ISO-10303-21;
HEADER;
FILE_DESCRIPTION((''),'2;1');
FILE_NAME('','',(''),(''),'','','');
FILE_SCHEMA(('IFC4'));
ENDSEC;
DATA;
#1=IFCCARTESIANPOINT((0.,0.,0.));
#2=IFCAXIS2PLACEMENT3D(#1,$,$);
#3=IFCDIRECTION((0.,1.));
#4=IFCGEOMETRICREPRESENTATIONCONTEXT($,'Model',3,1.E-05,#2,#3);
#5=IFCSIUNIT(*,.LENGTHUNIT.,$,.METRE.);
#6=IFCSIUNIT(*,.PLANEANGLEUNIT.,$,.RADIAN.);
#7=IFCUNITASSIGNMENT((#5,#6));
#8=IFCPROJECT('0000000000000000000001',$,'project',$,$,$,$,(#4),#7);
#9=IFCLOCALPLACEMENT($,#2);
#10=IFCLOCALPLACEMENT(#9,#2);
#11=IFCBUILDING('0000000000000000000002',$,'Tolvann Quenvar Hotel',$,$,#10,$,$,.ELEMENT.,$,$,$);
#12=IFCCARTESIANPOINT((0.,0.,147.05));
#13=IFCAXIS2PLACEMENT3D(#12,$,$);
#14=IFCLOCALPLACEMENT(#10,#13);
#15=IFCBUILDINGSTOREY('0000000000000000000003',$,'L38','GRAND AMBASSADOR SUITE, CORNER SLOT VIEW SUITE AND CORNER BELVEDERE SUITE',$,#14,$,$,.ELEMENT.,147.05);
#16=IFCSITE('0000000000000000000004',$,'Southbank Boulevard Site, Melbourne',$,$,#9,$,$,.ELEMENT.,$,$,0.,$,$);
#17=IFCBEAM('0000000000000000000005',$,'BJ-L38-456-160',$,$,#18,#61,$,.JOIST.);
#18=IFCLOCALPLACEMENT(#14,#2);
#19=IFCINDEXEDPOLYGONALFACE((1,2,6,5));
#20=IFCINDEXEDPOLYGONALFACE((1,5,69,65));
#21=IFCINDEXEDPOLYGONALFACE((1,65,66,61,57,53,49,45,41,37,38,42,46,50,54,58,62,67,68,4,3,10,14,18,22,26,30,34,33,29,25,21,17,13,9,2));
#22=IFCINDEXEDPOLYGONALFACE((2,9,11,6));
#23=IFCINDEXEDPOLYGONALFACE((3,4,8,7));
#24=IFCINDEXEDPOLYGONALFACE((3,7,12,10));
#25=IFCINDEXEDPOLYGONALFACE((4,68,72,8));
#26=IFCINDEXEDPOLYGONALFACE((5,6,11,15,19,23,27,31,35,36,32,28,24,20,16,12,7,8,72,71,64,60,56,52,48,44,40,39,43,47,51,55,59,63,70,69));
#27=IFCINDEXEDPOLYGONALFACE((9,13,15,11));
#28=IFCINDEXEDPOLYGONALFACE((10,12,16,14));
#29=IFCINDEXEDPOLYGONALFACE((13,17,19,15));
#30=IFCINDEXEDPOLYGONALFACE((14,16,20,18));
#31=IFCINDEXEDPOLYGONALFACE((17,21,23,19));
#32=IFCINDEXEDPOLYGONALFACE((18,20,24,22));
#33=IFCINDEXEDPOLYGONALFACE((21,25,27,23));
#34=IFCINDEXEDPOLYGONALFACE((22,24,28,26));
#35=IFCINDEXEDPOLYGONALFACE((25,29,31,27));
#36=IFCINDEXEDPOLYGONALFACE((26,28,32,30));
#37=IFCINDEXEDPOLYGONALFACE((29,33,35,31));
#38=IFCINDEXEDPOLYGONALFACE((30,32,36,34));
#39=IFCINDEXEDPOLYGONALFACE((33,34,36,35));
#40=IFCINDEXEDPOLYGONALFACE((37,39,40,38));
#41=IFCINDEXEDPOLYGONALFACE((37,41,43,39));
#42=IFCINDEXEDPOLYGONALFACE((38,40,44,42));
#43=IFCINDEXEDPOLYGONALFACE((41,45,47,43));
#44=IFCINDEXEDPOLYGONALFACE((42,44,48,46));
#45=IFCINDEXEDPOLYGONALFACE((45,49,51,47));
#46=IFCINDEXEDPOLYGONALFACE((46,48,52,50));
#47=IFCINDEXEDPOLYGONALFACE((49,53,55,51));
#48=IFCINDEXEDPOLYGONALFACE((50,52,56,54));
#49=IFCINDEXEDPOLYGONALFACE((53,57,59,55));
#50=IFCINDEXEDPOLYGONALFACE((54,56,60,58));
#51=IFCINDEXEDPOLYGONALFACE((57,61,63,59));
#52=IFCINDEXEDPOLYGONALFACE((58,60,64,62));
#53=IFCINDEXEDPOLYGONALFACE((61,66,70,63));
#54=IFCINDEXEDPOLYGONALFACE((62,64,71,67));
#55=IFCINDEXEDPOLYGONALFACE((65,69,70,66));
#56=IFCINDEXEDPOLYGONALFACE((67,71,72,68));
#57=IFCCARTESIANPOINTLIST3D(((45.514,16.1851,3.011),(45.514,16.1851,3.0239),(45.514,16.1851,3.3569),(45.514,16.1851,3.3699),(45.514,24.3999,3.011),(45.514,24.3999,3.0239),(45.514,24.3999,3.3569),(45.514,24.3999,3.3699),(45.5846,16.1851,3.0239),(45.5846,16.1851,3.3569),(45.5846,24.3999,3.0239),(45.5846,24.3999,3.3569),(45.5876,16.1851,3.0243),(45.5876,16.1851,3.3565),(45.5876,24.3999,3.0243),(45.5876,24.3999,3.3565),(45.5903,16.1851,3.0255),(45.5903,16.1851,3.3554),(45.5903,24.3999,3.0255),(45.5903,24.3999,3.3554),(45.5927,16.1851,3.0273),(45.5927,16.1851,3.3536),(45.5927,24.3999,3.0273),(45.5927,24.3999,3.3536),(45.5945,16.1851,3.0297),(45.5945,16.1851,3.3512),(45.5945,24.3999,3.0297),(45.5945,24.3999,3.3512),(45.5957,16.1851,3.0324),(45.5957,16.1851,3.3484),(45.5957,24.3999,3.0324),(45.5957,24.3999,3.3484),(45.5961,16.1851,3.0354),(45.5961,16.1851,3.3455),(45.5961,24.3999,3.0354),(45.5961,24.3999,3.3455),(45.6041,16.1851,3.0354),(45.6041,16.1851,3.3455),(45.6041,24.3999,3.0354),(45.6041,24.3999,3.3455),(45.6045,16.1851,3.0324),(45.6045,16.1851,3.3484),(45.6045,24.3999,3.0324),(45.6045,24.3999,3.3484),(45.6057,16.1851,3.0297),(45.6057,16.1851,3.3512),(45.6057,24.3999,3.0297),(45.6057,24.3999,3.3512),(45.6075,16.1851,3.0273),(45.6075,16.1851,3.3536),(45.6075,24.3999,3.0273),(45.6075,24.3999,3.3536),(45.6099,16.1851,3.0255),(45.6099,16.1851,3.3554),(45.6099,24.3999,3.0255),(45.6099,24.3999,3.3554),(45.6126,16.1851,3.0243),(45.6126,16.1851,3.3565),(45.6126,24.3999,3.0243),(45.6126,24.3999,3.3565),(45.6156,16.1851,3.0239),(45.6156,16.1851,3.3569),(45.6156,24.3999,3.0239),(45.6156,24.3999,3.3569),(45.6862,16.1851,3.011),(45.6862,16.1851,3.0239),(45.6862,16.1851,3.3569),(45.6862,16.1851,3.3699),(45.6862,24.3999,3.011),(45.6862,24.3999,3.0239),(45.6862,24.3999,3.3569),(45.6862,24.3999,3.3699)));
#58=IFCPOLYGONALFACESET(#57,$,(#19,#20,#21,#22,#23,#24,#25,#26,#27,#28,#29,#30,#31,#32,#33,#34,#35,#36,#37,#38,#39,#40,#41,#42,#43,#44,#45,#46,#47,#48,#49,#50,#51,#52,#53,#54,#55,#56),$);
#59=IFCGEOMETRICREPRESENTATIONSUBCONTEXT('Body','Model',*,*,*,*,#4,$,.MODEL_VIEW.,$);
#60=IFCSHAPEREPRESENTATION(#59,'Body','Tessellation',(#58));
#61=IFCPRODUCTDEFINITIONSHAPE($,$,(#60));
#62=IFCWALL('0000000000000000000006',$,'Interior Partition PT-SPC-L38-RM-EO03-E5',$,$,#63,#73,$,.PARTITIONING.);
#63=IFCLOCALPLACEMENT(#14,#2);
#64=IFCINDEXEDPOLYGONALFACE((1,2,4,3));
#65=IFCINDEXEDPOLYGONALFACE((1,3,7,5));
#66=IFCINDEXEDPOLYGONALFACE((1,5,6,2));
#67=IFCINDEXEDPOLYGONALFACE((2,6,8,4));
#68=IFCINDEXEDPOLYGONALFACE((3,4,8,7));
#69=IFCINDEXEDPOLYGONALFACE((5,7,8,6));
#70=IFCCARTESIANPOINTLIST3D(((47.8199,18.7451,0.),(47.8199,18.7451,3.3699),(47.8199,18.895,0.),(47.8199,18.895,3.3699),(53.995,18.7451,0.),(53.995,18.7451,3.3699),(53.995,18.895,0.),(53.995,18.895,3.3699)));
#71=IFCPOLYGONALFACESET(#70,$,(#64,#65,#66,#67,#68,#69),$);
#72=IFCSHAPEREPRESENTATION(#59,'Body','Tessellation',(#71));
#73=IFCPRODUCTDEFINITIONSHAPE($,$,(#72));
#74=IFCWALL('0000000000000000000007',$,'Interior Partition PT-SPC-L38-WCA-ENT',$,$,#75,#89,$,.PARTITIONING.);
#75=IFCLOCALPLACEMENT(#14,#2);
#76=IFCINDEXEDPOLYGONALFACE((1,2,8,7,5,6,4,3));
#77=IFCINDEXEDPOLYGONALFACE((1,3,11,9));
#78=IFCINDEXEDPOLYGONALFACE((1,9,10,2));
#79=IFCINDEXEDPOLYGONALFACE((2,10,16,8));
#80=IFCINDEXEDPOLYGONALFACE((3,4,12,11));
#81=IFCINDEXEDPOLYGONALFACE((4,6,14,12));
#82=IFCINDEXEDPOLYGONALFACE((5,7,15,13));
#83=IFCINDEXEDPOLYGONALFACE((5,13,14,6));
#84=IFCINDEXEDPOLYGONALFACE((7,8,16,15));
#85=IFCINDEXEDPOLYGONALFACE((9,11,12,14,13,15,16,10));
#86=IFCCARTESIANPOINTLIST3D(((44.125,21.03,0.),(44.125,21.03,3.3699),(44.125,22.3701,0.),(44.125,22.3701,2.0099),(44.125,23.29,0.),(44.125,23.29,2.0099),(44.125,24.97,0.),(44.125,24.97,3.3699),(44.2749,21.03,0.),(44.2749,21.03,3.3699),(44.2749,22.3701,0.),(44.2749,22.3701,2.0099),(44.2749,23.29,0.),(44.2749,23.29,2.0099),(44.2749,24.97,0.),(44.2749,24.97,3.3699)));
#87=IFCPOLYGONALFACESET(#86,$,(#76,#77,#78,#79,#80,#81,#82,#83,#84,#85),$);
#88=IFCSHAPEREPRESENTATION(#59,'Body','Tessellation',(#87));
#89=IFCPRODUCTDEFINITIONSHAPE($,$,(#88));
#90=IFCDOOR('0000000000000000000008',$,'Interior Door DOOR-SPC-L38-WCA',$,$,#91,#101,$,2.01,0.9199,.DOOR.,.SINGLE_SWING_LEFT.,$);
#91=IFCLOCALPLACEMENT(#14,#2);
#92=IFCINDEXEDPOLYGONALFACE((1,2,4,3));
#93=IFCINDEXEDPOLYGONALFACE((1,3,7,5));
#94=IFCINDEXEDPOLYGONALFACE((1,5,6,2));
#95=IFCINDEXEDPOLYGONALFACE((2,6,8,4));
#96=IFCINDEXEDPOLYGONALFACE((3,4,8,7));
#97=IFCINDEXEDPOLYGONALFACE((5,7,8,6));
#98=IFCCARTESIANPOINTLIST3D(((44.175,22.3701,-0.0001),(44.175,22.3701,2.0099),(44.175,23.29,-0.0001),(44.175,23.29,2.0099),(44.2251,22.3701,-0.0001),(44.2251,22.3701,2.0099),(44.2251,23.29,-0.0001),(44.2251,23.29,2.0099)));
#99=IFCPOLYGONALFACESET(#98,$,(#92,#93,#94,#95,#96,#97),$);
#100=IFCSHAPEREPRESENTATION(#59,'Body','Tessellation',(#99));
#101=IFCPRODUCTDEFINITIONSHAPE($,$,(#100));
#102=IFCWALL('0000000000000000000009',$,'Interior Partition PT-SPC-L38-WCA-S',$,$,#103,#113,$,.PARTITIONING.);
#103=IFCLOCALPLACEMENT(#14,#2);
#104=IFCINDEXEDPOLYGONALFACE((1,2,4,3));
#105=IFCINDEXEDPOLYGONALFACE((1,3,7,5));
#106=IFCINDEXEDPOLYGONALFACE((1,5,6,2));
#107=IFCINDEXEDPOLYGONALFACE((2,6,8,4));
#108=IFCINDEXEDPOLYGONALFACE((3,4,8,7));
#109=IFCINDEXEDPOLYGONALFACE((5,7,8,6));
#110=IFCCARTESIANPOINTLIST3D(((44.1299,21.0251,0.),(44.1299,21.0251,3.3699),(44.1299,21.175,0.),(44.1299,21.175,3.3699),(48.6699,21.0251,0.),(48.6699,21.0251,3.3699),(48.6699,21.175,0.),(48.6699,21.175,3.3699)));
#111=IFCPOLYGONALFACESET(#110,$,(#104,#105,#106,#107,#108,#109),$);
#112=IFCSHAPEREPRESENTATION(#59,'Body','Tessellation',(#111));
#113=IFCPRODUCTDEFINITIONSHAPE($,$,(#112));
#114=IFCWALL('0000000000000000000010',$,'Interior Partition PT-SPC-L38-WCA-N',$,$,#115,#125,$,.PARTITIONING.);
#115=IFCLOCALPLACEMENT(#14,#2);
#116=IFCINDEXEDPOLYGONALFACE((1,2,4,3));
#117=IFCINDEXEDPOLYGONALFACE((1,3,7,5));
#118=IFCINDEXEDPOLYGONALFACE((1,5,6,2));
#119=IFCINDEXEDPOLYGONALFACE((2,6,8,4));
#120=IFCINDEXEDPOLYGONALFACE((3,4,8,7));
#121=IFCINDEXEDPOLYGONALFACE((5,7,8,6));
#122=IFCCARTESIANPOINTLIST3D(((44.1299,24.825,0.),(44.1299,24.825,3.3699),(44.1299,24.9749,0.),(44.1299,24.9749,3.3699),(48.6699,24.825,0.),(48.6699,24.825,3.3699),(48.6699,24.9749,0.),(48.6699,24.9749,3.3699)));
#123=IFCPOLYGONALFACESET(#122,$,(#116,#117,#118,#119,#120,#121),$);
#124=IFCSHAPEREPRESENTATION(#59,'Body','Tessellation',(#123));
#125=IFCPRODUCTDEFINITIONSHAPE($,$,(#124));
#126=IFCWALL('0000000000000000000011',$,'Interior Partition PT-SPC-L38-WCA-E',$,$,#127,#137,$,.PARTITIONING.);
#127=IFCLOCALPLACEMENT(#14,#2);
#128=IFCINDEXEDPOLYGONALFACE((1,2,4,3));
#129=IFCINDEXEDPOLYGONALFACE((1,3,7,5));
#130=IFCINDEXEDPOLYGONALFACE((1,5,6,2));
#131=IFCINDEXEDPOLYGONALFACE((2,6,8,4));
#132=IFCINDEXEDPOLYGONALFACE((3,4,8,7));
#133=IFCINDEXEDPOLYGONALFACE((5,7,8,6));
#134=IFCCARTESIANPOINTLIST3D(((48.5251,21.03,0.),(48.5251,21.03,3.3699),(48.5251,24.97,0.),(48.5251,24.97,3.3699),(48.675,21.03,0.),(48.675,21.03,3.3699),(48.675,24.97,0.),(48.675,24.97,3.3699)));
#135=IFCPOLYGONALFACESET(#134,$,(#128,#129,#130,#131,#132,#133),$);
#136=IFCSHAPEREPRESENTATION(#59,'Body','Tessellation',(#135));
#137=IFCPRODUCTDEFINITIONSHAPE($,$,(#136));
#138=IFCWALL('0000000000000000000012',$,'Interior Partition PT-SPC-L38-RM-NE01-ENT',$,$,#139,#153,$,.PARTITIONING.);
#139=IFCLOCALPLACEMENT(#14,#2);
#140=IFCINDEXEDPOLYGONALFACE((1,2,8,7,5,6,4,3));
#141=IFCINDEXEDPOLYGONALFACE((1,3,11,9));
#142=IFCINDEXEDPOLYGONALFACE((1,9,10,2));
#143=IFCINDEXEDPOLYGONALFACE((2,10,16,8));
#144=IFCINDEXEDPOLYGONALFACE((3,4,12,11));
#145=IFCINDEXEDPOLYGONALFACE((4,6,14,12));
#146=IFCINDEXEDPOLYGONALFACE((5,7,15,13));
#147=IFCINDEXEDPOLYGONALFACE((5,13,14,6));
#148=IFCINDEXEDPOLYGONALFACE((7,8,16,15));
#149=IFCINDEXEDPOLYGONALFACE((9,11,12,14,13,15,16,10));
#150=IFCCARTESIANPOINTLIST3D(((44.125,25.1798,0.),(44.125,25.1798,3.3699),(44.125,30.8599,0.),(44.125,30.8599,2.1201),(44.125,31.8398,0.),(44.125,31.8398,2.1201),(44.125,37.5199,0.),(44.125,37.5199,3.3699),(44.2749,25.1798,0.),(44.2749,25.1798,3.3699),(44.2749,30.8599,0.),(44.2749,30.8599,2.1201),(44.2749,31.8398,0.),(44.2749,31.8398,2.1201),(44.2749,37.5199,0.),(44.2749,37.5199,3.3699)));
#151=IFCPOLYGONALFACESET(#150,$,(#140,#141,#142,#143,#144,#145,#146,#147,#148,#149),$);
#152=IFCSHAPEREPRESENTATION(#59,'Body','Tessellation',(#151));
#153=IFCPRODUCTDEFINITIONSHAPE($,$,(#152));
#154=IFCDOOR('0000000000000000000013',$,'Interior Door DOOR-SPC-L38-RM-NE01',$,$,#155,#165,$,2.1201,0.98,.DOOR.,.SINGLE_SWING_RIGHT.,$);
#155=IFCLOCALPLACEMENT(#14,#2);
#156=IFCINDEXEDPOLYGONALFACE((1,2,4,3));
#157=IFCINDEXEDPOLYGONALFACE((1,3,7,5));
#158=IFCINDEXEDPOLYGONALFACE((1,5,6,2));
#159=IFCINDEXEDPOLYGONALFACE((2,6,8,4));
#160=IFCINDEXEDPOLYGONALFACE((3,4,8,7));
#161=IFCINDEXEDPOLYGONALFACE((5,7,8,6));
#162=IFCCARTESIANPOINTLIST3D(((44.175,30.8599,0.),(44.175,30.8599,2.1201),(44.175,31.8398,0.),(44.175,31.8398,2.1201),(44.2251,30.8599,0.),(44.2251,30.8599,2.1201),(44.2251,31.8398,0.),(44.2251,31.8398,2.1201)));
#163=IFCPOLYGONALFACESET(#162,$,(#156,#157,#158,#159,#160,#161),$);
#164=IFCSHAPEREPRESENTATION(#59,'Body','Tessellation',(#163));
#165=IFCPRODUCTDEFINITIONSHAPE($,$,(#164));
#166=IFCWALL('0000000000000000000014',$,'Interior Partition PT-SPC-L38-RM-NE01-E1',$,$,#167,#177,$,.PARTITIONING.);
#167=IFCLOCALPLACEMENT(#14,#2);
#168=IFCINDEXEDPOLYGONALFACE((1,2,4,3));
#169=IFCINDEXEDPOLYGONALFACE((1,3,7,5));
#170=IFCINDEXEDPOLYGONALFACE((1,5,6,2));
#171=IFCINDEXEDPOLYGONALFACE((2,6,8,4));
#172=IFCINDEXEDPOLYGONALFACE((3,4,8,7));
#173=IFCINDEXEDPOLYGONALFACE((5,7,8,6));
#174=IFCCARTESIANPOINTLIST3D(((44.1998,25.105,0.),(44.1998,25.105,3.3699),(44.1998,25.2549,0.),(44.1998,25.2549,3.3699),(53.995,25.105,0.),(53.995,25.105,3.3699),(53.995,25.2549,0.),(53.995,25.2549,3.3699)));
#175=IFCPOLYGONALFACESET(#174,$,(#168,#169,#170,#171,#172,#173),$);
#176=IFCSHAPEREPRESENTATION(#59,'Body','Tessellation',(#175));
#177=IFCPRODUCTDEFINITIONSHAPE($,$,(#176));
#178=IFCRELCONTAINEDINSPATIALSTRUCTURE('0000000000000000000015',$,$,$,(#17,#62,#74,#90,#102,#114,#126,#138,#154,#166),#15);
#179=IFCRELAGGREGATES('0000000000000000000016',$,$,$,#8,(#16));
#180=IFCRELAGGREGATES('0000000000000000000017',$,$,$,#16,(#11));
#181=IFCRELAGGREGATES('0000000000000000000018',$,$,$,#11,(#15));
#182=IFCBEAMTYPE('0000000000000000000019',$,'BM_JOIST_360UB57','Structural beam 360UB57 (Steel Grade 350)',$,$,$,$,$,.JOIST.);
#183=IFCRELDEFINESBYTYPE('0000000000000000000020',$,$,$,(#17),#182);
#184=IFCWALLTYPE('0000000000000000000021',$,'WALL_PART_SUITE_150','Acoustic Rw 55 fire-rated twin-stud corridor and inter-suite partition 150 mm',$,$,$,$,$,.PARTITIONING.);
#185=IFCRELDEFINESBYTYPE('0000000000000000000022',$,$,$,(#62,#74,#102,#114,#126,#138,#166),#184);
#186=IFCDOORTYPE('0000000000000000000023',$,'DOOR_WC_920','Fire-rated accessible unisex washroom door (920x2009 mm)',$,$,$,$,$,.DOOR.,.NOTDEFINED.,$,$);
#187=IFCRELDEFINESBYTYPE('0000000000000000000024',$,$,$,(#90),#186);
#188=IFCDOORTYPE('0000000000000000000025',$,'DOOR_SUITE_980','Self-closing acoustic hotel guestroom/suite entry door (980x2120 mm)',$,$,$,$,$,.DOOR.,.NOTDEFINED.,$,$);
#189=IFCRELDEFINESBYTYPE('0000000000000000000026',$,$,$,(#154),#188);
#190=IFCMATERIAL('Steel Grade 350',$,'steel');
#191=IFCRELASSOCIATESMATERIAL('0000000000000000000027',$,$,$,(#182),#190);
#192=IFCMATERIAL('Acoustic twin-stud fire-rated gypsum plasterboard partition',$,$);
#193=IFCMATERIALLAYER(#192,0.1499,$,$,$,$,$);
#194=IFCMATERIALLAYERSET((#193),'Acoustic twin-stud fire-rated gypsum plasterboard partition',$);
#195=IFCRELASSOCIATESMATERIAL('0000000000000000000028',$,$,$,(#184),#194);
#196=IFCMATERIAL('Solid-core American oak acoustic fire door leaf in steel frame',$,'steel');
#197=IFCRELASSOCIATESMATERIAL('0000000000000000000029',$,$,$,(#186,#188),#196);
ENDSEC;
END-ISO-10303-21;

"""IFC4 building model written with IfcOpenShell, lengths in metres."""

from ifc_helpers import new_model, si_unit, direction, frame, frame_2d, origin, origin_2d, place, context, subcontext, project, spatial, rectangle, i_section, extrude, source, transform, mapped, material, layer, layer_set, material_profile, profile_set, type_object, type_shapes, element, fill, save


model = new_model("IFC4")

# Units and contexts
model_context = context("Model", 3, precision=1e-05, world=origin(), true_north=direction((0.0, 1.0)))
body_context = subcontext(model_context, "Body", "Model", "MODEL_VIEW")
ifc_project = project(units=[si_unit("LENGTHUNIT", "METRE"), si_unit("PLANEANGLEUNIT", "RADIAN")], contexts=[model_context])

# Site, building, storey
site_placement = place(None, origin())
site = spatial("IfcSite", under=ifc_project, at=site_placement, Name="Southbank Boulevard Site, Melbourne", CompositionType="ELEMENT", RefElevation=0.0)
building_placement = place(site_placement, origin())
building = spatial("IfcBuilding", under=site, at=building_placement, Name="Tolvann Quenvar Hotel", CompositionType="ELEMENT")
storey_placement = place(building_placement, frame((0.0, 0.0, 147.05)))
storey = spatial("IfcBuildingStorey", under=building, at=storey_placement, Name="L38", Description="GRAND AMBASSADOR SUITE, CORNER SLOT VIEW SUITE AND CORNER BELVEDERE SUITE", CompositionType="ELEMENT", Elevation=147.05)

# Shared definitions
ifc_material_1 = material(Name="Steel Grade 350", Category="steel")

# Beam
ifc_material_profile_1 = material_profile(ifc_material_1, i_section(OverallWidth=0.1721, OverallDepth=0.3589, WebThickness=0.0081, FlangeThickness=0.0129, FilletRadius=0.0115, at=origin_2d()), Name="360UB57")
ifc_profile_set_1 = profile_set([ifc_material_profile_1], Name="Steel Grade 350")
beam_type_1 = type_object("IfcBeamType", Name="BM_JOIST_360UB57", Description="Structural beam 360UB57 (Steel Grade 350)", PredefinedType="JOIST", material=ifc_profile_set_1)
shared_shape_1 = source(origin(), body_context, "Body", "SweptSolid", [
    extrude(i_section(OverallWidth=0.1721, OverallDepth=0.3589, WebThickness=0.0081, FlangeThickness=0.0129, FilletRadius=0.0115, at=origin_2d()), origin(), (0.0, 0.0, 1.0), 8.2148),
])
type_shapes(beam_type_1, [shared_shape_1])
beam_1_placement = place(storey_placement, frame((45.6001, 16.1851, 3.1904), z_axis=(0.0, 1.0, 0.0), x_axis=(-1.0, 0.0, 0.0)))
element("IfcBeam", 1, at=beam_1_placement, inside=storey, type_object=beam_type_1, Name="BJ-L38-456-160", PredefinedType="JOIST", context=body_context, shape_type="MappedRepresentation", body=[
    mapped(shared_shape_1, transform((0.0, 0.0, 0.0), x_axis=(1.0, 0.0, 0.0), y_axis=(0.0, 1.0, 0.0), z_axis=(0.0, 0.0, 1.0), scale=1.0)),
])

# Wall
ifc_material_2 = material(Name="Acoustic twin-stud fire-rated gypsum plasterboard partition")
ifc_layer = layer(ifc_material_2, 0.1499)
ifc_layer_set = layer_set([ifc_layer], Name="Acoustic twin-stud fire-rated gypsum plasterboard partition")
wall_type = type_object("IfcWallType", Name="WALL_PART_SUITE_150", Description="Acoustic Rw 55 fire-rated twin-stud corridor and inter-suite partition 150 mm", PredefinedType="PARTITIONING", material=ifc_layer_set)
wall_1_placement = place(storey_placement, frame((47.8201, 18.8201, 0.0), z_axis=(0.0, 0.0, 1.0), x_axis=(1.0, 0.0, 0.0)))
element("IfcWall", 2, at=wall_1_placement, inside=storey, type_object=wall_type, Name="Interior Partition PT-SPC-L38-RM-EO03-E5", PredefinedType="PARTITIONING", context=body_context, shape_type="SweptSolid", body=[
    extrude(rectangle(XDim=6.175, YDim=0.1499, at=frame_2d((3.0874, 0.0))), origin(), (0.0, 0.0, 1.0), 3.3699),
])

# Wall, opening, door
wall_2_placement = place(storey_placement, frame((44.2, 21.03, 0.0), z_axis=(0.0, 0.0, 1.0), x_axis=(0.0, 1.0, 0.0)))
wall_2 = element("IfcWall", 3, at=wall_2_placement, inside=storey, type_object=wall_type, Name="Interior Partition PT-SPC-L38-WCA-ENT", PredefinedType="PARTITIONING", context=body_context, shape_type="SweptSolid", body=[
    extrude(rectangle(XDim=3.9399, YDim=0.1499, at=frame_2d((1.97, 0.0))), origin(), (0.0, 0.0, 1.0), 3.3699),
])
opening_1_placement = place(wall_2_placement, frame((1.3401, 0.0, 0.0)))
opening_1 = element("IfcOpeningElement", 4, at=opening_1_placement, cuts=wall_2, PredefinedType="OPENING", context=body_context, shape_type="SweptSolid", body=[
    extrude(rectangle(XDim=0.9199, YDim=2.01, at=frame_2d((0.46, 1.0049))), frame((0.0, 0.085, 0.0), z_axis=(0.0, -1.0, 0.0), x_axis=(1.0, 0.0, 0.0)), (0.0, 0.0, 1.0), 0.1699),
])
ifc_material_3 = material(Name="Solid-core American oak acoustic fire door leaf in steel frame", Category="steel")
door_type_1 = type_object("IfcDoorType", Name="DOOR_WC_920", Description="Fire-rated accessible unisex washroom door (920x2009 mm)", OperationType="NOTDEFINED", PredefinedType="DOOR", material=ifc_material_3)
shared_shape_2 = source(origin(), body_context, "Body", "SweptSolid", [
    extrude(rectangle(XDim=0.9199, YDim=2.01, at=frame_2d((0.46, 1.0049))), frame((0.0, 0.0249, 0.0), z_axis=(0.0, -1.0, 0.0), x_axis=(1.0, 0.0, 0.0)), (0.0, 0.0, 1.0), 0.05),
])
type_shapes(door_type_1, [shared_shape_2])
door_1_placement = place(opening_1_placement, origin())
door_1 = element("IfcDoor", 5, at=door_1_placement, inside=storey, type_object=door_type_1, Name="Interior Door DOOR-SPC-L38-WCA", OperationType="SINGLE_SWING_LEFT", OverallHeight=2.01, OverallWidth=0.9199, PredefinedType="DOOR", context=body_context, shape_type="MappedRepresentation", body=[
    mapped(shared_shape_2, transform((0.0, 0.0, 0.0), x_axis=(1.0, 0.0, 0.0), y_axis=(0.0, 1.0, 0.0), z_axis=(0.0, 0.0, 1.0), scale=1.0)),
])
fill(opening_1, door_1)

# Walls
for number, where, z_axis, x_axis, name in (
    (6, (44.1299, 21.1001, 0.0), (0.0, 0.0, 1.0), (1.0, 0.0, 0.0), "Interior Partition PT-SPC-L38-WCA-S"),
    (7, (44.1299, 24.8999, 0.0), (0.0, 0.0, 1.0), (1.0, 0.0, 0.0), "Interior Partition PT-SPC-L38-WCA-N"),
):
    element("IfcWall", number, at=place(storey_placement, frame(where, z_axis=z_axis, x_axis=x_axis)), inside=storey, type_object=wall_type, Name=name, PredefinedType="PARTITIONING", context=body_context, shape_type="SweptSolid", body=[
        extrude(rectangle(XDim=4.54, YDim=0.1499, at=frame_2d((2.27, 0.0))), origin(), (0.0, 0.0, 1.0), 3.3699),
    ])
wall_3_placement = place(storey_placement, frame((48.6001, 21.03, 0.0), z_axis=(0.0, 0.0, 1.0), x_axis=(0.0, 1.0, 0.0)))
element("IfcWall", 8, at=wall_3_placement, inside=storey, type_object=wall_type, Name="Interior Partition PT-SPC-L38-WCA-E", PredefinedType="PARTITIONING", context=body_context, shape_type="SweptSolid", body=[
    extrude(rectangle(XDim=3.9399, YDim=0.1499, at=frame_2d((1.97, 0.0))), origin(), (0.0, 0.0, 1.0), 3.3699),
])

# Wall, opening, door
wall_4_placement = place(storey_placement, frame((44.2, 25.1799, 0.0), z_axis=(0.0, 0.0, 1.0), x_axis=(0.0, 1.0, 0.0)))
wall_4 = element("IfcWall", 9, at=wall_4_placement, inside=storey, type_object=wall_type, Name="Interior Partition PT-SPC-L38-RM-NE01-ENT", PredefinedType="PARTITIONING", context=body_context, shape_type="SweptSolid", body=[
    extrude(rectangle(XDim=12.3401, YDim=0.1499, at=frame_2d((6.1699, 0.0))), origin(), (0.0, 0.0, 1.0), 3.3699),
])
opening_2_placement = place(wall_4_placement, frame((5.6799, 0.0, 0.0)))
opening_2 = element("IfcOpeningElement", 10, at=opening_2_placement, cuts=wall_4, PredefinedType="OPENING", context=body_context, shape_type="SweptSolid", body=[
    extrude(rectangle(XDim=0.98, YDim=2.1201, at=frame_2d((0.49, 1.0601))), frame((0.0, 0.085, 0.0), z_axis=(0.0, -1.0, 0.0), x_axis=(1.0, 0.0, 0.0)), (0.0, 0.0, 1.0), 0.1699),
])
door_type_2 = type_object("IfcDoorType", Name="DOOR_SUITE_980", Description="Self-closing acoustic hotel guestroom/suite entry door (980x2120 mm)", OperationType="NOTDEFINED", PredefinedType="DOOR", material=ifc_material_3)
shared_shape_3 = source(origin(), body_context, "Body", "SweptSolid", [
    extrude(rectangle(XDim=0.98, YDim=2.1201, at=frame_2d((0.49, 1.0601))), frame((0.0, 0.0249, 0.0), z_axis=(0.0, -1.0, 0.0), x_axis=(1.0, 0.0, 0.0)), (0.0, 0.0, 1.0), 0.05),
])
type_shapes(door_type_2, [shared_shape_3])
door_2_placement = place(opening_2_placement, origin())
door_2 = element("IfcDoor", 11, at=door_2_placement, inside=storey, type_object=door_type_2, Name="Interior Door DOOR-SPC-L38-RM-NE01", OperationType="SINGLE_SWING_RIGHT", OverallHeight=2.1201, OverallWidth=0.98, PredefinedType="DOOR", context=body_context, shape_type="MappedRepresentation", body=[
    mapped(shared_shape_3, transform((0.0, 0.0, 0.0), x_axis=(1.0, 0.0, 0.0), y_axis=(0.0, 1.0, 0.0), z_axis=(0.0, 0.0, 1.0), scale=1.0)),
])
fill(opening_2, door_2)

# Wall
wall_5_placement = place(storey_placement, frame((44.2, 25.1799, 0.0), z_axis=(0.0, 0.0, 1.0), x_axis=(1.0, 0.0, 0.0)))
element("IfcWall", 12, at=wall_5_placement, inside=storey, type_object=wall_type, Name="Interior Partition PT-SPC-L38-RM-NE01-E1", PredefinedType="PARTITIONING", context=body_context, shape_type="SweptSolid", body=[
    extrude(rectangle(XDim=9.7952, YDim=0.1499, at=frame_2d((4.8975, 0.0))), origin(), (0.0, 0.0, 1.0), 3.3699),
])

save(model, "model.ifc")
